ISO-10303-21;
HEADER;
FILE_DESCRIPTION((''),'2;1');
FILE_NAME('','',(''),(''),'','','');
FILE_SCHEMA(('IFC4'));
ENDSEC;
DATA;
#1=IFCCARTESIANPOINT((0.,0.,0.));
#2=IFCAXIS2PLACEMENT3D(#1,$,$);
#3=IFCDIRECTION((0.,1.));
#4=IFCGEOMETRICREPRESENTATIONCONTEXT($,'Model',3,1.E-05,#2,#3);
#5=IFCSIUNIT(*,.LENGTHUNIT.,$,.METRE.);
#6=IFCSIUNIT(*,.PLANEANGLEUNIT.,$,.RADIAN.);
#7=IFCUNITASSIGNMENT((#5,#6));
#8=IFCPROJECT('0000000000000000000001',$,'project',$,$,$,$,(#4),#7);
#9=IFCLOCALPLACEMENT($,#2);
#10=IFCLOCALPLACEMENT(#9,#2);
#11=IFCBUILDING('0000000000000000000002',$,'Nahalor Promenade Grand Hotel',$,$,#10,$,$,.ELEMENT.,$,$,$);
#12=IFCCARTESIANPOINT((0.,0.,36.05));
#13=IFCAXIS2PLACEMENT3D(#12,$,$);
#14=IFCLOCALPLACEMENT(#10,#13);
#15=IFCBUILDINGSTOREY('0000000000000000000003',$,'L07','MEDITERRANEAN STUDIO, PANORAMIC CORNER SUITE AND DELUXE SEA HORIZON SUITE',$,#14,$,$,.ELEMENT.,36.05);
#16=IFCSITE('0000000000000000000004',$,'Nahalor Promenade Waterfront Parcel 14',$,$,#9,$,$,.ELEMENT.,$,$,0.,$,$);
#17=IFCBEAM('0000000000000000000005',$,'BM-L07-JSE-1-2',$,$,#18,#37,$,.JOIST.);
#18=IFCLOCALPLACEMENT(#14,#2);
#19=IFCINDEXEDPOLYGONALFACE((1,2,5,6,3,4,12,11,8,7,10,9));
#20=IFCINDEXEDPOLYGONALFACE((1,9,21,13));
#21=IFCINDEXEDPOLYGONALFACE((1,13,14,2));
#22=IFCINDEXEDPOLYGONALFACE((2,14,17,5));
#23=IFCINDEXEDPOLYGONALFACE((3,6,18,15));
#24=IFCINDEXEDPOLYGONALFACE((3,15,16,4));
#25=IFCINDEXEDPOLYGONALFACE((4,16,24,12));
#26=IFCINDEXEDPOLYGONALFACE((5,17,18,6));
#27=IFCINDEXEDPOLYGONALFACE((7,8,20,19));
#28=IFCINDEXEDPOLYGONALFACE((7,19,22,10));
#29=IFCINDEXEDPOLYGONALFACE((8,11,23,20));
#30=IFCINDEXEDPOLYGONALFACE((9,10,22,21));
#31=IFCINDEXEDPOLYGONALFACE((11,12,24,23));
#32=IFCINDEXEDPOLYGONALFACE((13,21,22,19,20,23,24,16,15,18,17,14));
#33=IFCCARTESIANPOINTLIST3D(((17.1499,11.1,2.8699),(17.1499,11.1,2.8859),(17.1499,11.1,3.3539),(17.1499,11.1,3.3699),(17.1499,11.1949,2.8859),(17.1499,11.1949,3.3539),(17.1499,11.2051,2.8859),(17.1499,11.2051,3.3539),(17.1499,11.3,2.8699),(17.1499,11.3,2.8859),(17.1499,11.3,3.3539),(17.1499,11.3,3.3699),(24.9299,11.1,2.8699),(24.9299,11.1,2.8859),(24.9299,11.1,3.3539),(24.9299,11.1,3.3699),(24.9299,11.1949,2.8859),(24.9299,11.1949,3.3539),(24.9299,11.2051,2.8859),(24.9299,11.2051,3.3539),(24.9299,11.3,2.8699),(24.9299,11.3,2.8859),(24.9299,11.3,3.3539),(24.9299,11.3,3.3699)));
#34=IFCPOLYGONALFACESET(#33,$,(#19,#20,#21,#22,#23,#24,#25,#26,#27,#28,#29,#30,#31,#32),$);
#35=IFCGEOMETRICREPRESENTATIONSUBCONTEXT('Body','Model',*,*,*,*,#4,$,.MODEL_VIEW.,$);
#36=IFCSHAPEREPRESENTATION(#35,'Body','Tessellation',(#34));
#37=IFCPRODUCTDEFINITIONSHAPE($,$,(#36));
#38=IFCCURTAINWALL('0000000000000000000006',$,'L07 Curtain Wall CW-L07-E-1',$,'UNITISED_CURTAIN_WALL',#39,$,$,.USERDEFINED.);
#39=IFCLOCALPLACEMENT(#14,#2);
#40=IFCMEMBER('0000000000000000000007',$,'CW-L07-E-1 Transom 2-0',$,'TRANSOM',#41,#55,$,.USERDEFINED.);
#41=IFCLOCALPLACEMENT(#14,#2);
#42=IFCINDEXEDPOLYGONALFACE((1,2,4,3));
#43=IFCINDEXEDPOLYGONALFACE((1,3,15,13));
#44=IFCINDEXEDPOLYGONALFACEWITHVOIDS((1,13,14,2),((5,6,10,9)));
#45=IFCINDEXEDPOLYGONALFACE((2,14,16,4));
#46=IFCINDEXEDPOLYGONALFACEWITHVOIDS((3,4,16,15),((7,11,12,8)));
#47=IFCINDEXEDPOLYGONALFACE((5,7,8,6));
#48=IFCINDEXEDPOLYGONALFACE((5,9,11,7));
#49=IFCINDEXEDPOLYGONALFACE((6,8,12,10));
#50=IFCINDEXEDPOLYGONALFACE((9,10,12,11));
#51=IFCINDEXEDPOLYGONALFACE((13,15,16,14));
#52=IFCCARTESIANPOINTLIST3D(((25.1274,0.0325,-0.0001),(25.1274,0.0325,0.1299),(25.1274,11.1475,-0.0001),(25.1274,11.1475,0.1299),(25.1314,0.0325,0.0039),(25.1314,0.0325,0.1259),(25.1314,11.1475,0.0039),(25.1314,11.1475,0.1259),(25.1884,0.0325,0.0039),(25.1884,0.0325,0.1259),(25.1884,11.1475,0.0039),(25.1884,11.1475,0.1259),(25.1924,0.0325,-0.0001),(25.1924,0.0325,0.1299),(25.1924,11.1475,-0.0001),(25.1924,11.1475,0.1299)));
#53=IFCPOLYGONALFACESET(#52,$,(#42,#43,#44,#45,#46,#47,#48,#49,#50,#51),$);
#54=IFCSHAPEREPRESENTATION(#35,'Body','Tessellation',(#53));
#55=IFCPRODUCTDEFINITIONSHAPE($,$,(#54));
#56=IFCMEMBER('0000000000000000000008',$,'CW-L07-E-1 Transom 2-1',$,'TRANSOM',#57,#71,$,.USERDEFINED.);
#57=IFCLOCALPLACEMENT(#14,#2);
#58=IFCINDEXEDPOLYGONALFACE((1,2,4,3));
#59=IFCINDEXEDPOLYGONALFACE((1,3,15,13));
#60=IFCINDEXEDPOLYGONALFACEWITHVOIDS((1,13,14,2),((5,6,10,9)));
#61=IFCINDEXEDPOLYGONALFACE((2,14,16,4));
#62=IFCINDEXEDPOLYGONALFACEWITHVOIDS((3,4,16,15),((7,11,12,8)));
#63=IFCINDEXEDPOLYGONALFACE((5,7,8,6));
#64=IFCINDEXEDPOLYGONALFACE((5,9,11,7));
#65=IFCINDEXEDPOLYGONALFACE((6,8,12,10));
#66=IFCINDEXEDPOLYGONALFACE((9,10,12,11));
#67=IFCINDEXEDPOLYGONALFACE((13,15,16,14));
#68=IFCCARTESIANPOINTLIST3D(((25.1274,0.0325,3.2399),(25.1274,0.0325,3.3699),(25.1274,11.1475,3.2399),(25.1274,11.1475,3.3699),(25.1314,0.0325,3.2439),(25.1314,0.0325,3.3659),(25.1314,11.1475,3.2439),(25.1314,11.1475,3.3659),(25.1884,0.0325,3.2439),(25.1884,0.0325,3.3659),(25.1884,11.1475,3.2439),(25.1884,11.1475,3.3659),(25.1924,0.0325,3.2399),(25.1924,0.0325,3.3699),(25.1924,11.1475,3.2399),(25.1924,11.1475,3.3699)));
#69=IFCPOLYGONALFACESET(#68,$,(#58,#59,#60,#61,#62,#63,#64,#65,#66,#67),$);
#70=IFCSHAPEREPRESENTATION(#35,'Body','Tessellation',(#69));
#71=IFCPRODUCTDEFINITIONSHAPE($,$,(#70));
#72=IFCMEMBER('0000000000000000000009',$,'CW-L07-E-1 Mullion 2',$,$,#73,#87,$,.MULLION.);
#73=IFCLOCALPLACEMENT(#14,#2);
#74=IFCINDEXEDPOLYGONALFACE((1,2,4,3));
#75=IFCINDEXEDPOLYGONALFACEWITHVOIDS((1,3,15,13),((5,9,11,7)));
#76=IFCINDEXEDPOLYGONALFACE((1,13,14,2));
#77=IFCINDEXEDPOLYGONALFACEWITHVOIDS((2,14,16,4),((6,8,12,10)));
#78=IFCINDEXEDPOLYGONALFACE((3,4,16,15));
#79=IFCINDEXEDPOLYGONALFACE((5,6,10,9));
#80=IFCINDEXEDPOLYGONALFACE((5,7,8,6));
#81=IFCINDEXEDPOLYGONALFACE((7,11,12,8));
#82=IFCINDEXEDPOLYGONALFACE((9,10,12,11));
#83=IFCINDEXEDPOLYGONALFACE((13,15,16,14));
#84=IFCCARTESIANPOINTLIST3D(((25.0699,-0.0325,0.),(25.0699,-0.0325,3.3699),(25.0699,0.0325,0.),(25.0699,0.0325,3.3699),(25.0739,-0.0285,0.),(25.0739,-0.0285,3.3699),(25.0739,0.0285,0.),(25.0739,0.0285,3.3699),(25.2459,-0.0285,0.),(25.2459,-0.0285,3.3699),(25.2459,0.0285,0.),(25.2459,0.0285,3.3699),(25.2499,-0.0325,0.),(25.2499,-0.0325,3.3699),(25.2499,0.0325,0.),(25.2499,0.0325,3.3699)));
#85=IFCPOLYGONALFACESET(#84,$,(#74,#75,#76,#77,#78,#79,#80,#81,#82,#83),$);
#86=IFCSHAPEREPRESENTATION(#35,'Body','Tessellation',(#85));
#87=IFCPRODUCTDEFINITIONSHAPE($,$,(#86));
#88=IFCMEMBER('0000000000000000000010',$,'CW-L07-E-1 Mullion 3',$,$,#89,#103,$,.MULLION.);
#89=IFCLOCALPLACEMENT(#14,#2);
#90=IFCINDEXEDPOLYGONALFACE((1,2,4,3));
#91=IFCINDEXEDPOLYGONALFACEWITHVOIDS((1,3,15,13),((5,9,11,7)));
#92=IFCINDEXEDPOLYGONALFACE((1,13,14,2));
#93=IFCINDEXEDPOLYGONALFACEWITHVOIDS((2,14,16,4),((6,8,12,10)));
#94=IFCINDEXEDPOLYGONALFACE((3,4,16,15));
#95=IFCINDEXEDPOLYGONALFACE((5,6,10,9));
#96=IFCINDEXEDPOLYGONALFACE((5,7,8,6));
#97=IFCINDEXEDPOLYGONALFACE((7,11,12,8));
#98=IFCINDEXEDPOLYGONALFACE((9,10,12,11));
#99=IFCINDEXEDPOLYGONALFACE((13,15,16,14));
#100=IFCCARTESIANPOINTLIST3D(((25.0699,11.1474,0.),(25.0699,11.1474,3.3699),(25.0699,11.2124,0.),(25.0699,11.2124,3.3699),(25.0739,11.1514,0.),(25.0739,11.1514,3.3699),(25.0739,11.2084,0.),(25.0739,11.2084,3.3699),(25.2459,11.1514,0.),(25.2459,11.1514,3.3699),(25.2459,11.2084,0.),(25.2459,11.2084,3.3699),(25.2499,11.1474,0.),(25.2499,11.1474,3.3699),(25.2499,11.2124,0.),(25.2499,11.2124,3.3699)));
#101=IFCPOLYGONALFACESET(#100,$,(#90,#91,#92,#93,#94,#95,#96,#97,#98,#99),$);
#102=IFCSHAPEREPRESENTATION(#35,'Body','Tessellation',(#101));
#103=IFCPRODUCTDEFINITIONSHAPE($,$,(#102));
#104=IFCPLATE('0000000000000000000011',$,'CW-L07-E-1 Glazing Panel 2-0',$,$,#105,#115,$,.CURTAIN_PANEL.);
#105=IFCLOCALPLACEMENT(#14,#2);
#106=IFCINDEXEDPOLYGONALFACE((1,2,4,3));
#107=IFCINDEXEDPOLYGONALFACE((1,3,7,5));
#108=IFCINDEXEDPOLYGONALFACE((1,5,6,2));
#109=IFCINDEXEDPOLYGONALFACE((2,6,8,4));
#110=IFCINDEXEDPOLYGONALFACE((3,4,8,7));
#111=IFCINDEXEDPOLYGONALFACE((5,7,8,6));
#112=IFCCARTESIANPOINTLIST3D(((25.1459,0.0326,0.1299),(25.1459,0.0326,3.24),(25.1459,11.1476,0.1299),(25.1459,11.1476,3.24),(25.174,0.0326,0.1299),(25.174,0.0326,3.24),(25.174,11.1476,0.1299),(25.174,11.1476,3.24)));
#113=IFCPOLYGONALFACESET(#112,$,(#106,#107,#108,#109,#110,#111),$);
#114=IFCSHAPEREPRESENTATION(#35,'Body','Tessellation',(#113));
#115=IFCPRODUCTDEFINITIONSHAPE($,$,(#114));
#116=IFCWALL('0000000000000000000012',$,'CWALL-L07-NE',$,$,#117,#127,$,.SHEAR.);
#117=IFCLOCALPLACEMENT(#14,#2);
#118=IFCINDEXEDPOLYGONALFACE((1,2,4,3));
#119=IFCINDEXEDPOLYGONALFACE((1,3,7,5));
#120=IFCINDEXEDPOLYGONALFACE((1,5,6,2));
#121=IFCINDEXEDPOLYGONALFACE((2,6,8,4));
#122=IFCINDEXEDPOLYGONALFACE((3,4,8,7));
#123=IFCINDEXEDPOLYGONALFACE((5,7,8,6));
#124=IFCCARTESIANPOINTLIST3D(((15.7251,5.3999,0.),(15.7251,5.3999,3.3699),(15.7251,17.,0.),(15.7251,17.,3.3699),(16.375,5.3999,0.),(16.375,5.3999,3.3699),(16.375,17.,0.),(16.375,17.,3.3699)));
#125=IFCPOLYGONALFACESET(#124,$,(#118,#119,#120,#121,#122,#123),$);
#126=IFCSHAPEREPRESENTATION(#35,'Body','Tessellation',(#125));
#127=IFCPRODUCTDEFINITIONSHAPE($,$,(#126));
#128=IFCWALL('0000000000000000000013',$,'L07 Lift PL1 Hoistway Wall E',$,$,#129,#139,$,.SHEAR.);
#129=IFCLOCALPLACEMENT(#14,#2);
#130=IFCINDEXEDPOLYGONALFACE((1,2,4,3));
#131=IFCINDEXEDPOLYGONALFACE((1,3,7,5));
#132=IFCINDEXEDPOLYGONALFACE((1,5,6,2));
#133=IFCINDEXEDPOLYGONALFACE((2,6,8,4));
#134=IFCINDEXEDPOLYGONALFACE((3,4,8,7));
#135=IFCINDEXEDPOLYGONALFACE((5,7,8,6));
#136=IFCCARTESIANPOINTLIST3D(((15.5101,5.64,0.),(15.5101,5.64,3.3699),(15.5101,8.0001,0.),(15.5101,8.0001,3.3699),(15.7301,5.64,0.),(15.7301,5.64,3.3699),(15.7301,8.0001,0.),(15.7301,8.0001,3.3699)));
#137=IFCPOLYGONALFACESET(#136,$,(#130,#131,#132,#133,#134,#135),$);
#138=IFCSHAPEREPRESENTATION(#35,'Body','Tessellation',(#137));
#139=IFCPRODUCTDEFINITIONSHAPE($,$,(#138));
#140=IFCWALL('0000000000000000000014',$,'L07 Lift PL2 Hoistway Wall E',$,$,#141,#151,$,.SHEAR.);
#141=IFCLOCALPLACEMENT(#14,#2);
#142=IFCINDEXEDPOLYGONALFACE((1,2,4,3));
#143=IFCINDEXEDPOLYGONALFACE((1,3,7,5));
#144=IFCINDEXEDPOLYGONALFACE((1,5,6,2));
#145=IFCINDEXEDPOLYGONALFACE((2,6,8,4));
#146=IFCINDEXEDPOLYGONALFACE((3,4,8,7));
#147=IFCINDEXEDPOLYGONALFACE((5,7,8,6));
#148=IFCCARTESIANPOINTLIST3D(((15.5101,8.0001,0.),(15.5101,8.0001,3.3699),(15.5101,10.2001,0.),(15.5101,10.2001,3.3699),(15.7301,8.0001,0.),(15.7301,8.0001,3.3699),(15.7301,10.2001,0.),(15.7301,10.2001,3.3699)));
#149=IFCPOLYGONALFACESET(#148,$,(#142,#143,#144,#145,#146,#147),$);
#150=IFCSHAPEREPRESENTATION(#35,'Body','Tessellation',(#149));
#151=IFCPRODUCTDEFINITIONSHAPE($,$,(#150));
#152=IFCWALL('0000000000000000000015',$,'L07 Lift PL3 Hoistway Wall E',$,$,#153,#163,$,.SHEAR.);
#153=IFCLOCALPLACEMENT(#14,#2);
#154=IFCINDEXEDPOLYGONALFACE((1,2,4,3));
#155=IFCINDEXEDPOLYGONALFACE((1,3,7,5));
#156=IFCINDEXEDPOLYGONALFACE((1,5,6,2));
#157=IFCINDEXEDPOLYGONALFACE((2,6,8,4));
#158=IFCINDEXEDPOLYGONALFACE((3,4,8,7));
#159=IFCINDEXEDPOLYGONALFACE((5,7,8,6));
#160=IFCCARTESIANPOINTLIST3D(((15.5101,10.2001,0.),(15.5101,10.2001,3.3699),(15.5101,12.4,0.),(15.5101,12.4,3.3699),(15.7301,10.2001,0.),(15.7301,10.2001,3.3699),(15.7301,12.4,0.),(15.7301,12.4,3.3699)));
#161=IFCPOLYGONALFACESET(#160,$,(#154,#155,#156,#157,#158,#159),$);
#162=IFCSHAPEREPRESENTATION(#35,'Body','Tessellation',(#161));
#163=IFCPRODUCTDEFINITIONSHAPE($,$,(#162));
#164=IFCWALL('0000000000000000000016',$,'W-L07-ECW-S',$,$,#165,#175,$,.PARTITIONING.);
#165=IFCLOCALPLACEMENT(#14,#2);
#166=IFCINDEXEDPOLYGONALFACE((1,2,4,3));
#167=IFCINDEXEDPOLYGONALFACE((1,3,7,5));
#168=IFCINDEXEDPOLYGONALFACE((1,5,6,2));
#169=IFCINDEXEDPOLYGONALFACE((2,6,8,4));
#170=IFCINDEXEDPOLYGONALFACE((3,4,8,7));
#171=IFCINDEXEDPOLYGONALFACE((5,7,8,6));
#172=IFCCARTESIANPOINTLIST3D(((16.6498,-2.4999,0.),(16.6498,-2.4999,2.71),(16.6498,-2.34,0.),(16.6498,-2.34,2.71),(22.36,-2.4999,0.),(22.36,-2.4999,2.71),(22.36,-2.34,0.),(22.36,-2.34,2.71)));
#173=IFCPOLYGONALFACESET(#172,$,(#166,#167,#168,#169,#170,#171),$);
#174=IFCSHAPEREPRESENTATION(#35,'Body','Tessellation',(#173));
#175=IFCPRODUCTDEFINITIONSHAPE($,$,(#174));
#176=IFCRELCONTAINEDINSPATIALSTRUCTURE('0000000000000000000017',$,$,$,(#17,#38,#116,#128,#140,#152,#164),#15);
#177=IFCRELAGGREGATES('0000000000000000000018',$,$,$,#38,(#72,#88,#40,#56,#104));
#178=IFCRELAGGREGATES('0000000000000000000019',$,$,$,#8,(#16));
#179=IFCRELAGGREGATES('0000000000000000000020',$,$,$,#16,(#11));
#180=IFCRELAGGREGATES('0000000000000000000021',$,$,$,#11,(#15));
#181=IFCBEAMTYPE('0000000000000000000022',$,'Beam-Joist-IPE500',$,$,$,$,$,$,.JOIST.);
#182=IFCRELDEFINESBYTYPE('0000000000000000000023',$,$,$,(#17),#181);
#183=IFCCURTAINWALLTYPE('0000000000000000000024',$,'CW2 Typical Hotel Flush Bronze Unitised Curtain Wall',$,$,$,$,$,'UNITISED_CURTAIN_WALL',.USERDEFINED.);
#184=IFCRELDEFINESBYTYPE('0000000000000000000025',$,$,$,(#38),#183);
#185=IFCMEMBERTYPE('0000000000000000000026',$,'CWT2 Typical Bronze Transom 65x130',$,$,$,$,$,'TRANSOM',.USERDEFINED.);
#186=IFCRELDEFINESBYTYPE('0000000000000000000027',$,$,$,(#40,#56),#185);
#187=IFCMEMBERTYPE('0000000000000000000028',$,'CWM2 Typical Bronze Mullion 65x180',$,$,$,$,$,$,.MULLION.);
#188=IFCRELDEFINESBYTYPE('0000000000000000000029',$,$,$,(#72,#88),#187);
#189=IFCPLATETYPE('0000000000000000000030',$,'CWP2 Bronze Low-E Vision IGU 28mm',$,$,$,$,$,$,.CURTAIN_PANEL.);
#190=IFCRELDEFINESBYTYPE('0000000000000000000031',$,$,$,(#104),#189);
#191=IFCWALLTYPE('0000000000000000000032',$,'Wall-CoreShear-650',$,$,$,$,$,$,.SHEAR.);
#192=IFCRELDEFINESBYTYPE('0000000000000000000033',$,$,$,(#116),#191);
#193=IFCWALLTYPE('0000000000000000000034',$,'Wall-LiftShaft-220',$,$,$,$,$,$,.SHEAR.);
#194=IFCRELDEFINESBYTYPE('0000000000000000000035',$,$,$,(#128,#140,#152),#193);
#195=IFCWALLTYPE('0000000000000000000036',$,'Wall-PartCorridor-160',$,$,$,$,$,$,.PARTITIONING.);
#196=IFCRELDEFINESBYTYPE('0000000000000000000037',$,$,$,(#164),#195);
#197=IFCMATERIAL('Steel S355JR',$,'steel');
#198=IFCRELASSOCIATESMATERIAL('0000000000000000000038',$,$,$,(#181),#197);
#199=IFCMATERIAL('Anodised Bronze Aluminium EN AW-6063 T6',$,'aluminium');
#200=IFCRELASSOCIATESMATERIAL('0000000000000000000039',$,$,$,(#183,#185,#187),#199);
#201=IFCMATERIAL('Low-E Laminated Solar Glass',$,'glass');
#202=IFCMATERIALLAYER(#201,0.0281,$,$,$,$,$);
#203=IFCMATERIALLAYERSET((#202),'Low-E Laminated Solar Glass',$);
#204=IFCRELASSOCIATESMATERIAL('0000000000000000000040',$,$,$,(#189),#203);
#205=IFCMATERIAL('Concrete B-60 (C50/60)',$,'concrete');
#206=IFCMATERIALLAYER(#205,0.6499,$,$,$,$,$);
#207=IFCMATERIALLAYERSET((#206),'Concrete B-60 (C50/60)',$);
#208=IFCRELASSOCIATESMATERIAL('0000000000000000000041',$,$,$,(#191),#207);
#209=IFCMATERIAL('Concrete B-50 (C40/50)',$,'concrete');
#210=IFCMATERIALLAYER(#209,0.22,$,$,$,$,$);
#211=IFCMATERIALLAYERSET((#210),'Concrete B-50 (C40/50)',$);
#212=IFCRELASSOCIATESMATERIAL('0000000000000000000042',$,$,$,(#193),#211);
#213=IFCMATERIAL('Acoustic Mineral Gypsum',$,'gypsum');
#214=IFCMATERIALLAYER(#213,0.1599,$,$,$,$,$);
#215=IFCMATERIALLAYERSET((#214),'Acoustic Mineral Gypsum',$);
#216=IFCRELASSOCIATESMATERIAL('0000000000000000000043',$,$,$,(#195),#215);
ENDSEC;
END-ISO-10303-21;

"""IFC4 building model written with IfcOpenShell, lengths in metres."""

from ifc_helpers import new_model, si_unit, direction, frame, frame_2d, origin, origin_2d, place, context, subcontext, project, spatial, rectangle, hollow_rectangle, i_section, extrude, source, transform, mapped, material, layer, layer_set, material_profile, profile_set, type_object, element, aggregate, save


model = new_model("IFC4")

# Units and contexts
model_context = context("Model", 3, precision=1e-05, world=origin(), true_north=direction((0.0, 1.0)))
body_context = subcontext(model_context, "Body", "Model", "MODEL_VIEW")
ifc_project = project(units=[si_unit("LENGTHUNIT", "METRE"), si_unit("PLANEANGLEUNIT", "RADIAN")], contexts=[model_context])

# Site, building, storey
site_placement = place(None, origin())
site = spatial("IfcSite", under=ifc_project, at=site_placement, Name="Nahalor Promenade Waterfront Parcel 14", CompositionType="ELEMENT", RefElevation=0.0)
building_placement = place(site_placement, origin())
building = spatial("IfcBuilding", under=site, at=building_placement, Name="Nahalor Promenade Grand Hotel", CompositionType="ELEMENT")
storey_placement = place(building_placement, frame((0.0, 0.0, 36.05)))
storey = spatial("IfcBuildingStorey", under=building, at=storey_placement, Name="L07", Description="MEDITERRANEAN STUDIO, PANORAMIC CORNER SUITE AND DELUXE SEA HORIZON SUITE", CompositionType="ELEMENT", Elevation=36.05)

# Beam
ifc_material_1 = material(Name="Steel S355JR", Category="steel")
ifc_material_profile_1 = material_profile(ifc_material_1, i_section(OverallWidth=0.2, OverallDepth=0.5, WebThickness=0.0102, FlangeThickness=0.016, at=origin_2d()), Name="IPE 500")
ifc_profile_set_1 = profile_set([ifc_material_profile_1], Name="Steel S355JR")
beam_type_1 = type_object("IfcBeamType", Name="Beam-Joist-IPE500", PredefinedType="JOIST", material=ifc_profile_set_1)
shared_shape_1 = source(origin(), body_context, "Body", "SweptSolid", [
    extrude(i_section(OverallWidth=0.2, OverallDepth=0.5, WebThickness=0.0102, FlangeThickness=0.016, at=origin_2d()), origin(), (0.0, 0.0, 1.0), 7.78),
])
beam_1_placement = place(storey_placement, frame((17.1499, 11.2, 3.1199), z_axis=(1.0, 0.0, 0.0), x_axis=(0.0, 1.0, 0.0)))
element("IfcBeam", 1, at=beam_1_placement, inside=storey, type_object=beam_type_1, Name="BM-L07-JSE-1-2", PredefinedType="JOIST", context=body_context, shape_type="MappedRepresentation", body=[
    mapped(shared_shape_1, transform((0.0, 0.0, 0.0), scale=1.0)),
])

# Curtain wall, members, plate
ifc_material_2 = material(Name="Anodised Bronze Aluminium EN AW-6063 T6", Category="aluminium")
curtain_wall_type = type_object("IfcCurtainWallType", Name="CW2 Typical Hotel Flush Bronze Unitised Curtain Wall", ElementType="UNITISED_CURTAIN_WALL", PredefinedType="USERDEFINED", material=ifc_material_2)
curtain_wall_placement = place(storey_placement, origin())
curtain_wall = element("IfcCurtainWall", 2, at=curtain_wall_placement, inside=storey, type_object=curtain_wall_type, Name="L07 Curtain Wall CW-L07-E-1", ObjectType="UNITISED_CURTAIN_WALL", PredefinedType="USERDEFINED")
ifc_material_profile_2 = material_profile(ifc_material_2, hollow_rectangle(XDim=0.065, YDim=0.13, WallThickness=0.004, at=origin_2d()), Name="CWT 65x130x4")
ifc_profile_set_2 = profile_set([ifc_material_profile_2], Name="Anodised Bronze Aluminium EN AW-6063 T6")
member_type_1 = type_object("IfcMemberType", Name="CWT2 Typical Bronze Transom 65x130", ElementType="TRANSOM", PredefinedType="USERDEFINED", material=ifc_profile_set_2)
shared_shape_2 = source(origin(), body_context, "Body", "SweptSolid", [
    extrude(hollow_rectangle(XDim=0.065, YDim=0.13, WallThickness=0.004, at=origin_2d()), origin(), (0.0, 0.0, 1.0), 11.115),
])
member_1_placement = place(storey_placement, frame((25.1599, 0.0325, 0.0649), z_axis=(0.0, 1.0, 0.0), x_axis=(-1.0, 0.0, 0.0)))
member_1 = element("IfcMember", 3, at=member_1_placement, type_object=member_type_1, Name="CW-L07-E-1 Transom 2-0", ObjectType="TRANSOM", PredefinedType="USERDEFINED", context=body_context, shape_type="MappedRepresentation", body=[
    mapped(shared_shape_2, transform((0.0, 0.0, 0.0), scale=1.0)),
])
member_2_placement = place(storey_placement, frame((25.1599, 0.0325, 3.3049), z_axis=(0.0, 1.0, 0.0), x_axis=(-1.0, 0.0, 0.0)))
member_2 = element("IfcMember", 4, at=member_2_placement, type_object=member_type_1, Name="CW-L07-E-1 Transom 2-1", ObjectType="TRANSOM", PredefinedType="USERDEFINED", context=body_context, shape_type="MappedRepresentation", body=[
    mapped(shared_shape_2, transform((0.0, 0.0, 0.0), scale=1.0)),
])
ifc_material_profile_3 = material_profile(ifc_material_2, hollow_rectangle(XDim=0.065, YDim=0.18, WallThickness=0.004, at=origin_2d()), Name="CWM 65x180x4")
ifc_profile_set_3 = profile_set([ifc_material_profile_3], Name="Anodised Bronze Aluminium EN AW-6063 T6")
member_type_2 = type_object("IfcMemberType", Name="CWM2 Typical Bronze Mullion 65x180", PredefinedType="MULLION", material=ifc_profile_set_3)
shared_shape_3 = source(origin(), body_context, "Body", "SweptSolid", [
    extrude(hollow_rectangle(XDim=0.065, YDim=0.18, WallThickness=0.004, at=origin_2d()), origin(), (0.0, 0.0, 1.0), 3.3699),
])
member_3_placement = place(storey_placement, frame((25.1599, 0.0, 0.0), z_axis=(0.0, 0.0, 1.0), x_axis=(0.0, 1.0, 0.0)))
member_3 = element("IfcMember", 5, at=member_3_placement, type_object=member_type_2, Name="CW-L07-E-1 Mullion 2", PredefinedType="MULLION", context=body_context, shape_type="MappedRepresentation", body=[
    mapped(shared_shape_3, transform((0.0, 0.0, 0.0), scale=1.0)),
])
member_4_placement = place(storey_placement, frame((25.1599, 11.1799, 0.0), z_axis=(0.0, 0.0, 1.0), x_axis=(0.0, 1.0, 0.0)))
member_4 = element("IfcMember", 6, at=member_4_placement, type_object=member_type_2, Name="CW-L07-E-1 Mullion 3", PredefinedType="MULLION", context=body_context, shape_type="MappedRepresentation", body=[
    mapped(shared_shape_3, transform((0.0, 0.0, 0.0), scale=1.0)),
])
ifc_material_3 = material(Name="Low-E Laminated Solar Glass", Category="glass")
ifc_layer_1 = layer(ifc_material_3, 0.0281)
ifc_layer_set_1 = layer_set([ifc_layer_1], Name="Low-E Laminated Solar Glass")
plate_type = type_object("IfcPlateType", Name="CWP2 Bronze Low-E Vision IGU 28mm", PredefinedType="CURTAIN_PANEL", material=ifc_layer_set_1)
shared_shape_4 = source(origin(), body_context, "Body", "SweptSolid", [
    extrude(rectangle(XDim=11.115, YDim=0.0281, at=origin_2d()), origin(), (0.0, 0.0, 1.0), 3.1101),
])
plate_placement = place(storey_placement, frame((25.1599, 5.5901, 0.1299), z_axis=(0.0, 0.0, 1.0), x_axis=(0.0, 1.0, 0.0)))
plate = element("IfcPlate", 7, at=plate_placement, type_object=plate_type, Name="CW-L07-E-1 Glazing Panel 2-0", PredefinedType="CURTAIN_PANEL", context=body_context, shape_type="MappedRepresentation", body=[
    mapped(shared_shape_4, transform((0.0, 0.0, 0.0), scale=1.0)),
])
aggregate(curtain_wall, [member_3, member_4, member_1, member_2, plate])

# Walls
ifc_material_4 = material(Name="Concrete B-60 (C50/60)", Category="concrete")
ifc_layer_2 = layer(ifc_material_4, 0.6499)
ifc_layer_set_2 = layer_set([ifc_layer_2], Name="Concrete B-60 (C50/60)")
wall_type_1 = type_object("IfcWallType", Name="Wall-CoreShear-650", PredefinedType="SHEAR", material=ifc_layer_set_2)
shared_shape_5 = source(origin(), body_context, "Body", "SweptSolid", [
    extrude(rectangle(XDim=11.6001, YDim=0.6499, at=frame_2d((5.8, 0.0))), origin(), (0.0, 0.0, 1.0), 3.3699),
])
wall_1_placement = place(storey_placement, frame((16.05, 5.3999, 0.0), z_axis=(0.0, 0.0, 1.0), x_axis=(0.0, 1.0, 0.0)))
element("IfcWall", 8, at=wall_1_placement, inside=storey, type_object=wall_type_1, Name="CWALL-L07-NE", PredefinedType="SHEAR", context=body_context, shape_type="MappedRepresentation", body=[
    mapped(shared_shape_5, transform((0.0, 0.0, 0.0), scale=1.0)),
])
ifc_material_5 = material(Name="Concrete B-50 (C40/50)", Category="concrete")
ifc_layer_3 = layer(ifc_material_5, 0.22)
ifc_layer_set_3 = layer_set([ifc_layer_3], Name="Concrete B-50 (C40/50)")
wall_type_2 = type_object("IfcWallType", Name="Wall-LiftShaft-220", PredefinedType="SHEAR", material=ifc_layer_set_3)
shared_shape_6 = source(origin(), body_context, "Body", "SweptSolid", [
    extrude(rectangle(XDim=2.3601, YDim=0.22, at=frame_2d((1.1802, 0.0))), origin(), (0.0, 0.0, 1.0), 3.3699),
])
wall_2_placement = place(storey_placement, frame((15.6201, 5.6399, 0.0), z_axis=(0.0, 0.0, 1.0), x_axis=(0.0, 1.0, 0.0)))
element("IfcWall", 9, at=wall_2_placement, inside=storey, type_object=wall_type_2, Name="L07 Lift PL1 Hoistway Wall E", PredefinedType="SHEAR", context=body_context, shape_type="MappedRepresentation", body=[
    mapped(shared_shape_6, transform((0.0, 0.0, 0.0), scale=1.0)),
])
shared_shape_7 = source(origin(), body_context, "Body", "SweptSolid", [
    extrude(rectangle(XDim=2.2, YDim=0.22, at=frame_2d((1.1001, 0.0))), origin(), (0.0, 0.0, 1.0), 3.3699),
])
for number, where, z_axis, x_axis, name in (
    (10, (15.6201, 8.0, 0.0), (0.0, 0.0, 1.0), (0.0, 1.0, 0.0), "L07 Lift PL2 Hoistway Wall E"),
    (11, (15.6201, 10.2, 0.0), (0.0, 0.0, 1.0), (0.0, 1.0, 0.0), "L07 Lift PL3 Hoistway Wall E"),
):
    element("IfcWall", number, at=place(storey_placement, frame(where, z_axis=z_axis, x_axis=x_axis)), inside=storey, type_object=wall_type_2, Name=name, PredefinedType="SHEAR", context=body_context, shape_type="MappedRepresentation", body=[
        mapped(shared_shape_7, transform((0.0, 0.0, 0.0), scale=1.0)),
    ])

# Shared definitions
ifc_material_6 = material(Name="Acoustic Mineral Gypsum", Category="gypsum")
ifc_layer_4 = layer(ifc_material_6, 0.1599)
ifc_layer_set_4 = layer_set([ifc_layer_4], Name="Acoustic Mineral Gypsum")
wall_type_3 = type_object("IfcWallType", Name="Wall-PartCorridor-160", PredefinedType="PARTITIONING", material=ifc_layer_set_4)
shared_shape_8 = source(origin(), body_context, "Body", "SweptSolid", [
    extrude(rectangle(XDim=5.7102, YDim=0.1599, at=frame_2d((2.855, 0.0))), origin(), (0.0, 0.0, 1.0), 2.71),
])

# Wall
wall_3_placement = place(storey_placement, frame((16.6499, -2.4199, 0.0), z_axis=(0.0, 0.0, 1.0), x_axis=(1.0, 0.0, 0.0)))
element("IfcWall", 12, at=wall_3_placement, inside=storey, type_object=wall_type_3, Name="W-L07-ECW-S", PredefinedType="PARTITIONING", context=body_context, shape_type="MappedRepresentation", body=[
    mapped(shared_shape_8, transform((0.0, 0.0, 0.0), scale=1.0)),
])

save(model, "model.ifc")
